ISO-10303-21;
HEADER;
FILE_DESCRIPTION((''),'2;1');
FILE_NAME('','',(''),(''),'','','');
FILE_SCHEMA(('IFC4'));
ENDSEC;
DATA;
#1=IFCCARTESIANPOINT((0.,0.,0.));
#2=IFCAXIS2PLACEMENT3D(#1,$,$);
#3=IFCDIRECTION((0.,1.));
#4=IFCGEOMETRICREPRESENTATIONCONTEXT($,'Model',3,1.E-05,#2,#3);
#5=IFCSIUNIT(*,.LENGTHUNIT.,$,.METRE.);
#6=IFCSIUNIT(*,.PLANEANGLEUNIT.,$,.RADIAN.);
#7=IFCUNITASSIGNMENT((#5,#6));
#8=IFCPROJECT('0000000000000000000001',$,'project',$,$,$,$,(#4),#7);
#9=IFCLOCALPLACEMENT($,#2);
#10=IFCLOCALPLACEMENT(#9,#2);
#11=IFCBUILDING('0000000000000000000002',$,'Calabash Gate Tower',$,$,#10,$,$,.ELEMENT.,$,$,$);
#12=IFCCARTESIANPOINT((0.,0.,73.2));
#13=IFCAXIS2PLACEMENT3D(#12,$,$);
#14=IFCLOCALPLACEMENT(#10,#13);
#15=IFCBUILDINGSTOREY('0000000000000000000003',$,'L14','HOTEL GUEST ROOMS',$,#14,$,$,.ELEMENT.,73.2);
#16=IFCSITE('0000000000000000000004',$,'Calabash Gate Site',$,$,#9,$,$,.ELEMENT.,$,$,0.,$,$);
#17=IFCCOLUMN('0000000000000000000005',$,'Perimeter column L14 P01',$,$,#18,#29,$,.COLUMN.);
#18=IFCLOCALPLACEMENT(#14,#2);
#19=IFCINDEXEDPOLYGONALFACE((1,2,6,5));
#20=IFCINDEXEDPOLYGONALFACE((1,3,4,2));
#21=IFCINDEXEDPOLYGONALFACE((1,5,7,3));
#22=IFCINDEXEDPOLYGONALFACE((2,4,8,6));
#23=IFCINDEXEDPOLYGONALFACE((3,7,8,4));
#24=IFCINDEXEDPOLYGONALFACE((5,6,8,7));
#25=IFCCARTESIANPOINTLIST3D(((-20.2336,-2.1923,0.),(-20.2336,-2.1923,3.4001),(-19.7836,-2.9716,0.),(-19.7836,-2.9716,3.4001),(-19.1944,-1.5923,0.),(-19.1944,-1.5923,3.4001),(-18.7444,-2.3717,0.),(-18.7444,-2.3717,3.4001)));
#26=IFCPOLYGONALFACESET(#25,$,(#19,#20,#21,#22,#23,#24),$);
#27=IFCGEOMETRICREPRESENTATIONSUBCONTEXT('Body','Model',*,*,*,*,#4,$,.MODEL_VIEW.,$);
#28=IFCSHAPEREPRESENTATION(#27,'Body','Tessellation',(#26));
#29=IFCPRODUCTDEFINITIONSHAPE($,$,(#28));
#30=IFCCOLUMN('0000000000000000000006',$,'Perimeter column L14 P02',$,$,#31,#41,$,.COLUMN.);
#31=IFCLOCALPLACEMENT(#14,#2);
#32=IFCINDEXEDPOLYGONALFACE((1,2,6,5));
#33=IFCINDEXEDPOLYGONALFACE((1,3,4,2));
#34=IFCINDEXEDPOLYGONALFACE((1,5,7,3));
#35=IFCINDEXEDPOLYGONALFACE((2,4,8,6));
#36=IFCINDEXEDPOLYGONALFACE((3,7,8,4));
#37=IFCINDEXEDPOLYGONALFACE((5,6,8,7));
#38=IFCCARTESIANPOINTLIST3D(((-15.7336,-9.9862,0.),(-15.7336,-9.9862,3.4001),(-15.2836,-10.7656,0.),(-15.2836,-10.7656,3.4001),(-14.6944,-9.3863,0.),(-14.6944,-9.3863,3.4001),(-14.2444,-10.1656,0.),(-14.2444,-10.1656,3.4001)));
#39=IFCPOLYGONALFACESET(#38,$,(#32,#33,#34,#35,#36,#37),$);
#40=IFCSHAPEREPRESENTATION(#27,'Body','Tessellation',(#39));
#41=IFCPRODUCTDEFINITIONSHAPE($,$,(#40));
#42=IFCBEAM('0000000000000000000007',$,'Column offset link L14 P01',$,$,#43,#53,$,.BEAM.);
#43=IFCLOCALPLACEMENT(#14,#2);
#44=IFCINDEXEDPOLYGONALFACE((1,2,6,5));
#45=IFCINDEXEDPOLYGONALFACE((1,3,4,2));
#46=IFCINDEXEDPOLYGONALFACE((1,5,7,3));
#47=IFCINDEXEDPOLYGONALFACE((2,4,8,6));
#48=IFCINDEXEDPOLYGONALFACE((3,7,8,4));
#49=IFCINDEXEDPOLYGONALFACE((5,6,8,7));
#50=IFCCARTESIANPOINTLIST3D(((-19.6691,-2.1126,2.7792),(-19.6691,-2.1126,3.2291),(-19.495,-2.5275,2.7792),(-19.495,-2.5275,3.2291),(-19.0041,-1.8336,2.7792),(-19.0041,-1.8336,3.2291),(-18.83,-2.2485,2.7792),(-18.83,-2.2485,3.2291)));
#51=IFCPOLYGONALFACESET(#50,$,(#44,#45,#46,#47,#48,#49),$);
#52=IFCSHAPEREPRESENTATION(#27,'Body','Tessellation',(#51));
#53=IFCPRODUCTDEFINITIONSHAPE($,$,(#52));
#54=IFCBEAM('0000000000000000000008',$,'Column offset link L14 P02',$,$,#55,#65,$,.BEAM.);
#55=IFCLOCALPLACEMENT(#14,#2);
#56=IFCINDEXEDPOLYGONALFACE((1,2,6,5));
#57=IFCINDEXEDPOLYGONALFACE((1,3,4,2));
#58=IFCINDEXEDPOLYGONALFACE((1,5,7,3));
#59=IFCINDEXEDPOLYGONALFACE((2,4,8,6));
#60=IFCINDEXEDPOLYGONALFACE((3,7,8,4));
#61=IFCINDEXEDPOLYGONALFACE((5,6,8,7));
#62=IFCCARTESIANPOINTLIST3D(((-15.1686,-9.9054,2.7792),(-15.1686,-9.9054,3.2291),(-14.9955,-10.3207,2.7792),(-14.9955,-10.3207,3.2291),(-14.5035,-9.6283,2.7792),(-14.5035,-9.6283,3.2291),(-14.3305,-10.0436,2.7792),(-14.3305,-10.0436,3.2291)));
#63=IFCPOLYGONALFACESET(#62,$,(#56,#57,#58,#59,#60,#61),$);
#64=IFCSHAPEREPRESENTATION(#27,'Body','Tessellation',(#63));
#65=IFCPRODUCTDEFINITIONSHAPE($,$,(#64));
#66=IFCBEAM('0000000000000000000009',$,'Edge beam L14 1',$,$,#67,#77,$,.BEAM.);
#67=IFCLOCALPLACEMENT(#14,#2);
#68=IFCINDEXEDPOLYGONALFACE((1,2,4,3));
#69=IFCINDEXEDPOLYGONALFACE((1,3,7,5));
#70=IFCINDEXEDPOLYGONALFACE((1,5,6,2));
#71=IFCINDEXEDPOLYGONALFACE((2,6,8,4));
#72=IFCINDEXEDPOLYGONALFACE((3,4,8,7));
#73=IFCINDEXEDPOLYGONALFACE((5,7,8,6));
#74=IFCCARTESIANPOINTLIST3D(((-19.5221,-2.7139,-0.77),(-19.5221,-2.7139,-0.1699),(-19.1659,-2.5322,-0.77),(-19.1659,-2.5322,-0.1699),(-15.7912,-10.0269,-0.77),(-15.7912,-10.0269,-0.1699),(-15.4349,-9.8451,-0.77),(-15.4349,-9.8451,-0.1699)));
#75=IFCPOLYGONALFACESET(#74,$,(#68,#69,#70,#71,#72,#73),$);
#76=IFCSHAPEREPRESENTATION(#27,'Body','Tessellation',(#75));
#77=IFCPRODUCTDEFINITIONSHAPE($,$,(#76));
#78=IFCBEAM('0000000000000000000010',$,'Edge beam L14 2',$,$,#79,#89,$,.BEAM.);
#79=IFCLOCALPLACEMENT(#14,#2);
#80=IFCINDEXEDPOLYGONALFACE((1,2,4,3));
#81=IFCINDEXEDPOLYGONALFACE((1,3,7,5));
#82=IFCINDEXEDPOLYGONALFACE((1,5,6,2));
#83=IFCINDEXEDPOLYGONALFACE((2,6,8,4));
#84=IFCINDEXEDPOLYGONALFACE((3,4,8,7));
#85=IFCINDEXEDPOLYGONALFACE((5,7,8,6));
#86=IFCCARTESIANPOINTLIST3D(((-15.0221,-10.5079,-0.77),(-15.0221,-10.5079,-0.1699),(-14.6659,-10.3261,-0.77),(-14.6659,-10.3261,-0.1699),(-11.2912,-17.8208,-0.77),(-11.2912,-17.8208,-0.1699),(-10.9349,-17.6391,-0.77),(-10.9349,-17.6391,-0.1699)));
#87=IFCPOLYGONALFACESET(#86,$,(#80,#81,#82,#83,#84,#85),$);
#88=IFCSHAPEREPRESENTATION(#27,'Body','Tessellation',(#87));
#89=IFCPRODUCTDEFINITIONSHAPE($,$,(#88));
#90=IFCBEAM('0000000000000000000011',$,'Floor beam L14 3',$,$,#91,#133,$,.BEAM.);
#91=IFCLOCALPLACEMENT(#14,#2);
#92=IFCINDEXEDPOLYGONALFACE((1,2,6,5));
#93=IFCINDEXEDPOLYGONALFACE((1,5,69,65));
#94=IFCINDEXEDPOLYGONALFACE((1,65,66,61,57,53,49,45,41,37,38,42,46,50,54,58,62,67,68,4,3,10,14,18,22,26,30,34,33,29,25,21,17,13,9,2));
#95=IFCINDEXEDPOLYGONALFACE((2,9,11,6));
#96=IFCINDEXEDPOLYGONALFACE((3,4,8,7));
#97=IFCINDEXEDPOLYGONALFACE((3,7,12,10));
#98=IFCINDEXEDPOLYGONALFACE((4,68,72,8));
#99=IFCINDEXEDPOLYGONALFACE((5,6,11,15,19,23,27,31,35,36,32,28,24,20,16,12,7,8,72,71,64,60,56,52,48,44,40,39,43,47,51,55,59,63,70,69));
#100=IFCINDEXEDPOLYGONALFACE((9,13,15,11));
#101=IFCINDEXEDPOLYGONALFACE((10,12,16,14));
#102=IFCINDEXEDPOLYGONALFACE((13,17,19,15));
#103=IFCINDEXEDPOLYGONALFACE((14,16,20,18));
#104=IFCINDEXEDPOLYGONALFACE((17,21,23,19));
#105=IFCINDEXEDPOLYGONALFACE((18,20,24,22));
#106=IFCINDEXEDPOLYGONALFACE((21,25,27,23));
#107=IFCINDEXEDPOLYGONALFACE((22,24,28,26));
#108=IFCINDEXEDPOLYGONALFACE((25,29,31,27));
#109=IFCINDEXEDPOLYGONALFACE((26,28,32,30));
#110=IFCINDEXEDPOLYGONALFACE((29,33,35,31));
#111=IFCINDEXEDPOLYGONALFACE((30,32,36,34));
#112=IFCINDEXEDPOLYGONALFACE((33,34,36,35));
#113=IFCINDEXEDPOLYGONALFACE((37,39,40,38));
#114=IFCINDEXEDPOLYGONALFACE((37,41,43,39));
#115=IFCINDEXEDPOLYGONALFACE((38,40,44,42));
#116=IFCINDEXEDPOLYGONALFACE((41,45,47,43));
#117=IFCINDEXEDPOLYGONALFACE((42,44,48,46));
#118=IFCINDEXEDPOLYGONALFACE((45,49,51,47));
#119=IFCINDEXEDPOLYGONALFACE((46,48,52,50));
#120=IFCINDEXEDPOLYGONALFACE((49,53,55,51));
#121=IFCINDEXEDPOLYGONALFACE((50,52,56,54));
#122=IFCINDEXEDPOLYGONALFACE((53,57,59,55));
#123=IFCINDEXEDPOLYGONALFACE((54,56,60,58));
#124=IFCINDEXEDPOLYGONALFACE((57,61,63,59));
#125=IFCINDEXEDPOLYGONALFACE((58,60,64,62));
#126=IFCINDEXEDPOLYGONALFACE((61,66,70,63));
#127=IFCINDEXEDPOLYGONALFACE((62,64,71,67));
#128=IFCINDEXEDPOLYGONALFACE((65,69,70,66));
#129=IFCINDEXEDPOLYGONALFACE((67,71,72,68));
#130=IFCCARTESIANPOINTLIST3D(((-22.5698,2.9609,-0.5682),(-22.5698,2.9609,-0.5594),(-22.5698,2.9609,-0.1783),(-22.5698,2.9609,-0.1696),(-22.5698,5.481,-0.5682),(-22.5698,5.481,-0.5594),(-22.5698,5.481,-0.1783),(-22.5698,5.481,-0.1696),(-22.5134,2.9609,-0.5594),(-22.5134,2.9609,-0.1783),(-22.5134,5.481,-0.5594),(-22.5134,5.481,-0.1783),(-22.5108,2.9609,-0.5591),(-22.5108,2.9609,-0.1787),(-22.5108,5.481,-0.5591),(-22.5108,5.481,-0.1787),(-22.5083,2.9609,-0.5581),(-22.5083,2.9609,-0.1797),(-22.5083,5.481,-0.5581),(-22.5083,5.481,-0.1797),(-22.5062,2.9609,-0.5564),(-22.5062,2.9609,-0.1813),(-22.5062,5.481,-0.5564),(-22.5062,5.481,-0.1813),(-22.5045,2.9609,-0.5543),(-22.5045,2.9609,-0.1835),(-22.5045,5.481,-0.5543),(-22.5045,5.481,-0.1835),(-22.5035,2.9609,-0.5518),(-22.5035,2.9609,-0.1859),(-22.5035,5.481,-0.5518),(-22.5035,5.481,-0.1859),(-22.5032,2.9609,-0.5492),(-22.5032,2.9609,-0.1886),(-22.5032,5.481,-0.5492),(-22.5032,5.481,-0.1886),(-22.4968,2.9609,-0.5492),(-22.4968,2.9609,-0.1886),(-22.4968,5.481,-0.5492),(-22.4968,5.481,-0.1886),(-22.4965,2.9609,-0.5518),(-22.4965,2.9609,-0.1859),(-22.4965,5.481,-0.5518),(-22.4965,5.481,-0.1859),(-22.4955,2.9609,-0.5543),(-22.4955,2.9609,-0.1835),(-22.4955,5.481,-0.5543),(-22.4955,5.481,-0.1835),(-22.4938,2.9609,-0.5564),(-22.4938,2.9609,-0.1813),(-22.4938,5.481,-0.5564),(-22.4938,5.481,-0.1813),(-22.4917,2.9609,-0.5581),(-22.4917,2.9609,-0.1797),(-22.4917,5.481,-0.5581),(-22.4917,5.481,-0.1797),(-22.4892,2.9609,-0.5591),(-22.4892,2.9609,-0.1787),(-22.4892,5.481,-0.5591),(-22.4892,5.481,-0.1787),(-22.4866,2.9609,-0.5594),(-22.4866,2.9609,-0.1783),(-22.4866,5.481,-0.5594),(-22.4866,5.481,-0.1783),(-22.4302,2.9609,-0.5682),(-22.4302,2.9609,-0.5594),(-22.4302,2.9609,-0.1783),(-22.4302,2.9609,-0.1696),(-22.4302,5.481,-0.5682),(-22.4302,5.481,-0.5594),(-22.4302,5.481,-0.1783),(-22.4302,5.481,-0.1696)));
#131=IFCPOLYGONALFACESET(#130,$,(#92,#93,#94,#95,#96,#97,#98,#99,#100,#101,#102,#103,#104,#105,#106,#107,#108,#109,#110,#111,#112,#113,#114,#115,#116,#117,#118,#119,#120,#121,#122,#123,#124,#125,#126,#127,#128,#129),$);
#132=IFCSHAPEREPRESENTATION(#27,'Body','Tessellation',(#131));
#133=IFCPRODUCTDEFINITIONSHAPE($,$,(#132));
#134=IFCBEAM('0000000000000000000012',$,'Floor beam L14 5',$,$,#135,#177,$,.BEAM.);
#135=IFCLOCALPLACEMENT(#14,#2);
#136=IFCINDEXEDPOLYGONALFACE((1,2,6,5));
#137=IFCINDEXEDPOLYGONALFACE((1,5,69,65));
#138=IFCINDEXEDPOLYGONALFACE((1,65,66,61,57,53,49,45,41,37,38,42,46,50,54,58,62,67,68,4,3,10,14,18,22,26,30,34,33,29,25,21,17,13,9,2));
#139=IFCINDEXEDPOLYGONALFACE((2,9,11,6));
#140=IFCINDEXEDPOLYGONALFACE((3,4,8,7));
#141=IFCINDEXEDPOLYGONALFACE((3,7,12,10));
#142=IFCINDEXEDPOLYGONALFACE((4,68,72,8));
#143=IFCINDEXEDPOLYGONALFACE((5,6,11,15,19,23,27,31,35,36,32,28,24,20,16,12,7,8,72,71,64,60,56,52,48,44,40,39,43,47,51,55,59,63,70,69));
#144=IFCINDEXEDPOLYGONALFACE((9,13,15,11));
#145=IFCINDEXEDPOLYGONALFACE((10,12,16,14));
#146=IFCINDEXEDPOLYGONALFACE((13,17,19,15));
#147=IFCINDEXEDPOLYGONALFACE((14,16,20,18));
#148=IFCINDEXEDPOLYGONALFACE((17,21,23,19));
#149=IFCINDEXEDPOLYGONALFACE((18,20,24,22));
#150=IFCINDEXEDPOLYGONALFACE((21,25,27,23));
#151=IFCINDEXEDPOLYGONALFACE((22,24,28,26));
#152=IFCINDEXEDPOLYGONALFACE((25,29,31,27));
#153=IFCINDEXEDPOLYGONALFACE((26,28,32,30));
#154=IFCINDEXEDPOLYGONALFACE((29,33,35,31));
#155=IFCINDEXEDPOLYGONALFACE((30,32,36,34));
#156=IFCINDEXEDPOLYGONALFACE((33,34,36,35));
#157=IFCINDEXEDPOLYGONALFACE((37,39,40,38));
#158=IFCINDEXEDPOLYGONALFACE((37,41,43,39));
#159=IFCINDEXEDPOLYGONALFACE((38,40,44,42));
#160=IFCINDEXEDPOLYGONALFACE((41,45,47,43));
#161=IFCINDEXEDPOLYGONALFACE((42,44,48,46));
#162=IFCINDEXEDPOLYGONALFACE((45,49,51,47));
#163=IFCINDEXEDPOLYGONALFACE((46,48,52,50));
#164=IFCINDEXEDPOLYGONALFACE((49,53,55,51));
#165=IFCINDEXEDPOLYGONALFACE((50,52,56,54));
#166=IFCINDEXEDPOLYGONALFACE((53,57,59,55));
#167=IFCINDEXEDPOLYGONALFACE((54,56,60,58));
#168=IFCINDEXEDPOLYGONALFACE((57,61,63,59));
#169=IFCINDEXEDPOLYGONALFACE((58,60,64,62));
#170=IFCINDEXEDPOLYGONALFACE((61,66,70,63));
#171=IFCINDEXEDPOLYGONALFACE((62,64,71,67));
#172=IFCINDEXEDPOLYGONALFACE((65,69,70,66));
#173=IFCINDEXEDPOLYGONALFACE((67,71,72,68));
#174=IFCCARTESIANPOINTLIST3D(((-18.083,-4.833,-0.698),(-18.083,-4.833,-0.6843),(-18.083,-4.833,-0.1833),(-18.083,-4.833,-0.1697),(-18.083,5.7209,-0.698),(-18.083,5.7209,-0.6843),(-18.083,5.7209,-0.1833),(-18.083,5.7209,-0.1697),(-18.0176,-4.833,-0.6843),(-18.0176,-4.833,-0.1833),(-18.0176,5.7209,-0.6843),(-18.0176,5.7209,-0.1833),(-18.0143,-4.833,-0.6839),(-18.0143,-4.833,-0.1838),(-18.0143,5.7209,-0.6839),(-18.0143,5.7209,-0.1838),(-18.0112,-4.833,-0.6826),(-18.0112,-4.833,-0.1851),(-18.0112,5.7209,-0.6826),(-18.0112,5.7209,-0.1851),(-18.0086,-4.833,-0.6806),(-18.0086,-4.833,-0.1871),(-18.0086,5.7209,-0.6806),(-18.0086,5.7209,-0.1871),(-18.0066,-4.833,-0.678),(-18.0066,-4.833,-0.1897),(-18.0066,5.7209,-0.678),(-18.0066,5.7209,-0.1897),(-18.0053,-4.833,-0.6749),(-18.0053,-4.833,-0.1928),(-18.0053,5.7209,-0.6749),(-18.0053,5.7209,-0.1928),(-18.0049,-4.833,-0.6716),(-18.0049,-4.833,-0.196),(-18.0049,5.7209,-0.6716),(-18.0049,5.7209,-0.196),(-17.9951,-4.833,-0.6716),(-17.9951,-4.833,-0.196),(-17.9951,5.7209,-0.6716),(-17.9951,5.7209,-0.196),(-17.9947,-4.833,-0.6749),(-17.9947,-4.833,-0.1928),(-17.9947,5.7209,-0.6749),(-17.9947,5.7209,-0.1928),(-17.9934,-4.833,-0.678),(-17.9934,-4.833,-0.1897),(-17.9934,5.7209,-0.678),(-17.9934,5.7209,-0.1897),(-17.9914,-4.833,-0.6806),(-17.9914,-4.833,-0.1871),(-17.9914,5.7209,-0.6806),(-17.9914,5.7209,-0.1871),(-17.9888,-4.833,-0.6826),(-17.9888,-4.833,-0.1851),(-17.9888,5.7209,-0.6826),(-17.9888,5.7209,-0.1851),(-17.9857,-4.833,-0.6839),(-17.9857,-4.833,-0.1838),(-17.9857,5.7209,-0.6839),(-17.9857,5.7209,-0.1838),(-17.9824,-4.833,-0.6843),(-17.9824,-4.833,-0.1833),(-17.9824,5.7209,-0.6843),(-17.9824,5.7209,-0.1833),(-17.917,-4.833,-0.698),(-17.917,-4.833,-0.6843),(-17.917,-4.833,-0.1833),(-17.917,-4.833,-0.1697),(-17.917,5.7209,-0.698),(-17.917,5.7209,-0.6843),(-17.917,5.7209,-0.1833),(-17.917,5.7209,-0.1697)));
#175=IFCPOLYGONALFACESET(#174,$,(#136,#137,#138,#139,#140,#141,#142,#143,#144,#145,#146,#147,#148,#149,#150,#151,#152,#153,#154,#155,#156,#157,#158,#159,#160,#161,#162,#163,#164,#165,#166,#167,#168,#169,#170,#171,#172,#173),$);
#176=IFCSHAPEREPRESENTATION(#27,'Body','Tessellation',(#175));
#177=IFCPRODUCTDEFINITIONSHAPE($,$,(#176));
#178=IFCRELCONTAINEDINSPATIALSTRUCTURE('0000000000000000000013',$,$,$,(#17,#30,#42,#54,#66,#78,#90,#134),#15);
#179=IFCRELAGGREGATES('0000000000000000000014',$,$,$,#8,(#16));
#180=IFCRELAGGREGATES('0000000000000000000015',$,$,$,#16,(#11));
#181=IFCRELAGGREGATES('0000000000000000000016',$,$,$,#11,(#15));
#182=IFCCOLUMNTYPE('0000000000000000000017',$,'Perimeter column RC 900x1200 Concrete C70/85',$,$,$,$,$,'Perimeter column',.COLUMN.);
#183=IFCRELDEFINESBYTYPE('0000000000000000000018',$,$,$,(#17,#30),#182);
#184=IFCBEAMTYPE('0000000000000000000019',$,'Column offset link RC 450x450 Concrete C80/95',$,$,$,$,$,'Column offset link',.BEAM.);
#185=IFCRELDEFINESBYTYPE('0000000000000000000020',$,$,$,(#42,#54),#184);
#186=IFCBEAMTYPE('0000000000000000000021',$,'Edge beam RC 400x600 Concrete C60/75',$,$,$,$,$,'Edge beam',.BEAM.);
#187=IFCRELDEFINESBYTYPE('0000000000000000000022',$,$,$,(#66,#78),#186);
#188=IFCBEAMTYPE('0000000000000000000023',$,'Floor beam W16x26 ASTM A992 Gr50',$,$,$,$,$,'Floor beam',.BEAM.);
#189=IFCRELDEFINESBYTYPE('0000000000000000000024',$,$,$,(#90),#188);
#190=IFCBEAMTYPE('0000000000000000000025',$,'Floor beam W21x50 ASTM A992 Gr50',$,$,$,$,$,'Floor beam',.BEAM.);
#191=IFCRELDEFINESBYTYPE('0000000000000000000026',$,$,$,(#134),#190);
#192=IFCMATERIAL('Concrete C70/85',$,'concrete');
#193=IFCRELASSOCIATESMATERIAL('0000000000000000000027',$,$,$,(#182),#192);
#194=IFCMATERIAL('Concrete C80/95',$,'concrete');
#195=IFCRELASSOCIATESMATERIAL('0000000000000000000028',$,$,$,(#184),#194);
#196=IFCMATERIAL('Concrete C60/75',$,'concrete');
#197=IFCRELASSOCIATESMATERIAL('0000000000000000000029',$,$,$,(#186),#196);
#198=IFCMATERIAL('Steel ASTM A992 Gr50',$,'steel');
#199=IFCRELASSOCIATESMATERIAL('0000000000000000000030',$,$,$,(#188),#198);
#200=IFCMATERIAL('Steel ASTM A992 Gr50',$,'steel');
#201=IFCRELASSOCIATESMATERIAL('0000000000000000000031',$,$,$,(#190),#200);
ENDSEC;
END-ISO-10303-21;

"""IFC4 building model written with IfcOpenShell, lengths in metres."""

from ifc_helpers import new_model, si_unit, direction, frame, origin, origin_2d, place, context, subcontext, project, spatial, rectangle, i_section, extrude, material, material_profile, profile_set, type_object, element, save


model = new_model("IFC4")

# Units and contexts
model_context = context("Model", 3, precision=1e-05, world=origin(), true_north=direction((0.0, 1.0)))
body_context = subcontext(model_context, "Body", "Model", "MODEL_VIEW")
ifc_project = project(units=[si_unit("LENGTHUNIT", "METRE"), si_unit("PLANEANGLEUNIT", "RADIAN")], contexts=[model_context])

# Site, building, storey
site_placement = place(None, origin())
site = spatial("IfcSite", under=ifc_project, at=site_placement, Name="Calabash Gate Site", CompositionType="ELEMENT", RefElevation=0.0)
building_placement = place(site_placement, origin())
building = spatial("IfcBuilding", under=site, at=building_placement, Name="Calabash Gate Tower", CompositionType="ELEMENT")
storey_placement = place(building_placement, frame((0.0, 0.0, 73.2)))
storey = spatial("IfcBuildingStorey", under=building, at=storey_placement, Name="L14", Description="HOTEL GUEST ROOMS", CompositionType="ELEMENT", Elevation=73.2)

# Columns
ifc_material_1 = material(Name="Concrete C70/85", Category="concrete")
ifc_material_profile_1 = material_profile(ifc_material_1, rectangle(XDim=0.8999, YDim=1.2, at=origin_2d()))
ifc_profile_set_1 = profile_set([ifc_material_profile_1], Name="Concrete C70/85")
column_type = type_object("IfcColumnType", Name="Perimeter column RC 900x1200 Concrete C70/85", ElementType="Perimeter column", PredefinedType="COLUMN", material=ifc_profile_set_1)
for number, where, z_axis, x_axis, name in (
    (1, (-19.489, -2.282, 0.0), (0.0, 0.0, 1.0), (0.5, -0.866025, 0.0), "Perimeter column L14 P01"),
    (2, (-14.989, -10.0759, 0.0), (0.0, 0.0, 1.0), (0.5, -0.866025, 0.0), "Perimeter column L14 P02"),
):
    element("IfcColumn", number, at=place(storey_placement, frame(where, z_axis=z_axis, x_axis=x_axis)), inside=storey, type_object=column_type, Name=name, PredefinedType="COLUMN", context=body_context, shape_type="SweptSolid", body=[
        extrude(rectangle(XDim=0.8999, YDim=1.2, at=origin_2d()), origin(), (0.0, 0.0, 1.0), 3.4001),
    ])

# Beams
ifc_material_2 = material(Name="Concrete C80/95", Category="concrete")
ifc_material_profile_2 = material_profile(ifc_material_2, rectangle(XDim=0.45, YDim=0.45, at=origin_2d()))
ifc_profile_set_2 = profile_set([ifc_material_profile_2], Name="Concrete C80/95")
beam_type_1 = type_object("IfcBeamType", Name="Column offset link RC 450x450 Concrete C80/95", ElementType="Column offset link", PredefinedType="BEAM", material=ifc_profile_set_2)
beam_1_placement = place(storey_placement, frame((-19.582, -2.3201, 3.0042), z_axis=(0.922113, 0.386922, 0.0), x_axis=(-0.386922, 0.922113, 0.0)))
element("IfcBeam", 3, at=beam_1_placement, inside=storey, type_object=beam_type_1, Name="Column offset link L14 P01", PredefinedType="BEAM", context=body_context, shape_type="SweptSolid", body=[
    extrude(rectangle(XDim=0.45, YDim=0.45, at=origin_2d()), origin(), (0.0, 0.0, 1.0), 0.7212),
])
beam_2_placement = place(storey_placement, frame((-15.082, -10.113, 3.0042), z_axis=(0.923077, 0.384615, 0.0), x_axis=(-0.384615, 0.923077, 0.0)))
element("IfcBeam", 4, at=beam_2_placement, inside=storey, type_object=beam_type_1, Name="Column offset link L14 P02", PredefinedType="BEAM", context=body_context, shape_type="SweptSolid", body=[
    extrude(rectangle(XDim=0.45, YDim=0.45, at=origin_2d()), origin(), (0.0, 0.0, 1.0), 0.7205),
])
ifc_material_3 = material(Name="Concrete C60/75", Category="concrete")
ifc_material_profile_3 = material_profile(ifc_material_3, rectangle(XDim=0.3999, YDim=0.6001, at=origin_2d()))
ifc_profile_set_3 = profile_set([ifc_material_profile_3], Name="Concrete C60/75")
beam_type_2 = type_object("IfcBeamType", Name="Edge beam RC 400x600 Concrete C60/75", ElementType="Edge beam", PredefinedType="BEAM", material=ifc_profile_set_3)
for number, where, z_axis, x_axis, name in (
    (5, (-19.344, -2.623, -0.47), (0.454455, -0.89077, 0.0), (0.89077, 0.454455, 0.0), "Edge beam L14 1"),
    (6, (-14.844, -10.417, -0.47), (0.454455, -0.89077, 0.0), (0.89077, 0.454455, 0.0), "Edge beam L14 2"),
):
    element("IfcBeam", number, at=place(storey_placement, frame(where, z_axis=z_axis, x_axis=x_axis)), inside=storey, type_object=beam_type_2, Name=name, PredefinedType="BEAM", context=body_context, shape_type="SweptSolid", body=[
        extrude(rectangle(XDim=0.3999, YDim=0.6001, at=origin_2d()), origin(), (0.0, 0.0, 1.0), 8.2097),
    ])
ifc_material_4 = material(Name="Steel ASTM A992 Gr50", Category="steel")
ifc_material_profile_4 = material_profile(ifc_material_4, i_section(OverallWidth=0.1396, OverallDepth=0.3987, WebThickness=0.0063, FlangeThickness=0.0088, FilletRadius=0.0103, at=origin_2d()))
ifc_profile_set_4 = profile_set([ifc_material_profile_4], Name="Steel ASTM A992 Gr50")
beam_type_3 = type_object("IfcBeamType", Name="Floor beam W16x26 ASTM A992 Gr50", ElementType="Floor beam", PredefinedType="BEAM", material=ifc_profile_set_4)
beam_3_placement = place(storey_placement, frame((-22.5, 2.9609, -0.3689), z_axis=(0.0, 1.0, 0.0), x_axis=(-1.0, 0.0, 0.0)))
element("IfcBeam", 7, at=beam_3_placement, inside=storey, type_object=beam_type_3, Name="Floor beam L14 3", PredefinedType="BEAM", context=body_context, shape_type="SweptSolid", body=[
    extrude(i_section(OverallWidth=0.1396, OverallDepth=0.3987, WebThickness=0.0063, FlangeThickness=0.0088, FilletRadius=0.0103, at=origin_2d()), origin(), (0.0, 0.0, 1.0), 2.52),
])
ifc_material_5 = material(Name="Steel ASTM A992 Gr50", Category="steel")
ifc_material_profile_5 = material_profile(ifc_material_5, i_section(OverallWidth=0.166, OverallDepth=0.5283, WebThickness=0.0098, FlangeThickness=0.0137, FilletRadius=0.0127, at=origin_2d()))
ifc_profile_set_5 = profile_set([ifc_material_profile_5], Name="Steel ASTM A992 Gr50")
beam_type_4 = type_object("IfcBeamType", Name="Floor beam W21x50 ASTM A992 Gr50", ElementType="Floor beam", PredefinedType="BEAM", material=ifc_profile_set_5)
beam_4_placement = place(storey_placement, frame((-18.0, -4.833, -0.4338), z_axis=(0.0, 1.0, 0.0), x_axis=(-1.0, 0.0, 0.0)))
element("IfcBeam", 8, at=beam_4_placement, inside=storey, type_object=beam_type_4, Name="Floor beam L14 5", PredefinedType="BEAM", context=body_context, shape_type="SweptSolid", body=[
    extrude(i_section(OverallWidth=0.166, OverallDepth=0.5283, WebThickness=0.0098, FlangeThickness=0.0137, FilletRadius=0.0127, at=origin_2d()), origin(), (0.0, 0.0, 1.0), 10.554),
])

save(model, "model.ifc")
